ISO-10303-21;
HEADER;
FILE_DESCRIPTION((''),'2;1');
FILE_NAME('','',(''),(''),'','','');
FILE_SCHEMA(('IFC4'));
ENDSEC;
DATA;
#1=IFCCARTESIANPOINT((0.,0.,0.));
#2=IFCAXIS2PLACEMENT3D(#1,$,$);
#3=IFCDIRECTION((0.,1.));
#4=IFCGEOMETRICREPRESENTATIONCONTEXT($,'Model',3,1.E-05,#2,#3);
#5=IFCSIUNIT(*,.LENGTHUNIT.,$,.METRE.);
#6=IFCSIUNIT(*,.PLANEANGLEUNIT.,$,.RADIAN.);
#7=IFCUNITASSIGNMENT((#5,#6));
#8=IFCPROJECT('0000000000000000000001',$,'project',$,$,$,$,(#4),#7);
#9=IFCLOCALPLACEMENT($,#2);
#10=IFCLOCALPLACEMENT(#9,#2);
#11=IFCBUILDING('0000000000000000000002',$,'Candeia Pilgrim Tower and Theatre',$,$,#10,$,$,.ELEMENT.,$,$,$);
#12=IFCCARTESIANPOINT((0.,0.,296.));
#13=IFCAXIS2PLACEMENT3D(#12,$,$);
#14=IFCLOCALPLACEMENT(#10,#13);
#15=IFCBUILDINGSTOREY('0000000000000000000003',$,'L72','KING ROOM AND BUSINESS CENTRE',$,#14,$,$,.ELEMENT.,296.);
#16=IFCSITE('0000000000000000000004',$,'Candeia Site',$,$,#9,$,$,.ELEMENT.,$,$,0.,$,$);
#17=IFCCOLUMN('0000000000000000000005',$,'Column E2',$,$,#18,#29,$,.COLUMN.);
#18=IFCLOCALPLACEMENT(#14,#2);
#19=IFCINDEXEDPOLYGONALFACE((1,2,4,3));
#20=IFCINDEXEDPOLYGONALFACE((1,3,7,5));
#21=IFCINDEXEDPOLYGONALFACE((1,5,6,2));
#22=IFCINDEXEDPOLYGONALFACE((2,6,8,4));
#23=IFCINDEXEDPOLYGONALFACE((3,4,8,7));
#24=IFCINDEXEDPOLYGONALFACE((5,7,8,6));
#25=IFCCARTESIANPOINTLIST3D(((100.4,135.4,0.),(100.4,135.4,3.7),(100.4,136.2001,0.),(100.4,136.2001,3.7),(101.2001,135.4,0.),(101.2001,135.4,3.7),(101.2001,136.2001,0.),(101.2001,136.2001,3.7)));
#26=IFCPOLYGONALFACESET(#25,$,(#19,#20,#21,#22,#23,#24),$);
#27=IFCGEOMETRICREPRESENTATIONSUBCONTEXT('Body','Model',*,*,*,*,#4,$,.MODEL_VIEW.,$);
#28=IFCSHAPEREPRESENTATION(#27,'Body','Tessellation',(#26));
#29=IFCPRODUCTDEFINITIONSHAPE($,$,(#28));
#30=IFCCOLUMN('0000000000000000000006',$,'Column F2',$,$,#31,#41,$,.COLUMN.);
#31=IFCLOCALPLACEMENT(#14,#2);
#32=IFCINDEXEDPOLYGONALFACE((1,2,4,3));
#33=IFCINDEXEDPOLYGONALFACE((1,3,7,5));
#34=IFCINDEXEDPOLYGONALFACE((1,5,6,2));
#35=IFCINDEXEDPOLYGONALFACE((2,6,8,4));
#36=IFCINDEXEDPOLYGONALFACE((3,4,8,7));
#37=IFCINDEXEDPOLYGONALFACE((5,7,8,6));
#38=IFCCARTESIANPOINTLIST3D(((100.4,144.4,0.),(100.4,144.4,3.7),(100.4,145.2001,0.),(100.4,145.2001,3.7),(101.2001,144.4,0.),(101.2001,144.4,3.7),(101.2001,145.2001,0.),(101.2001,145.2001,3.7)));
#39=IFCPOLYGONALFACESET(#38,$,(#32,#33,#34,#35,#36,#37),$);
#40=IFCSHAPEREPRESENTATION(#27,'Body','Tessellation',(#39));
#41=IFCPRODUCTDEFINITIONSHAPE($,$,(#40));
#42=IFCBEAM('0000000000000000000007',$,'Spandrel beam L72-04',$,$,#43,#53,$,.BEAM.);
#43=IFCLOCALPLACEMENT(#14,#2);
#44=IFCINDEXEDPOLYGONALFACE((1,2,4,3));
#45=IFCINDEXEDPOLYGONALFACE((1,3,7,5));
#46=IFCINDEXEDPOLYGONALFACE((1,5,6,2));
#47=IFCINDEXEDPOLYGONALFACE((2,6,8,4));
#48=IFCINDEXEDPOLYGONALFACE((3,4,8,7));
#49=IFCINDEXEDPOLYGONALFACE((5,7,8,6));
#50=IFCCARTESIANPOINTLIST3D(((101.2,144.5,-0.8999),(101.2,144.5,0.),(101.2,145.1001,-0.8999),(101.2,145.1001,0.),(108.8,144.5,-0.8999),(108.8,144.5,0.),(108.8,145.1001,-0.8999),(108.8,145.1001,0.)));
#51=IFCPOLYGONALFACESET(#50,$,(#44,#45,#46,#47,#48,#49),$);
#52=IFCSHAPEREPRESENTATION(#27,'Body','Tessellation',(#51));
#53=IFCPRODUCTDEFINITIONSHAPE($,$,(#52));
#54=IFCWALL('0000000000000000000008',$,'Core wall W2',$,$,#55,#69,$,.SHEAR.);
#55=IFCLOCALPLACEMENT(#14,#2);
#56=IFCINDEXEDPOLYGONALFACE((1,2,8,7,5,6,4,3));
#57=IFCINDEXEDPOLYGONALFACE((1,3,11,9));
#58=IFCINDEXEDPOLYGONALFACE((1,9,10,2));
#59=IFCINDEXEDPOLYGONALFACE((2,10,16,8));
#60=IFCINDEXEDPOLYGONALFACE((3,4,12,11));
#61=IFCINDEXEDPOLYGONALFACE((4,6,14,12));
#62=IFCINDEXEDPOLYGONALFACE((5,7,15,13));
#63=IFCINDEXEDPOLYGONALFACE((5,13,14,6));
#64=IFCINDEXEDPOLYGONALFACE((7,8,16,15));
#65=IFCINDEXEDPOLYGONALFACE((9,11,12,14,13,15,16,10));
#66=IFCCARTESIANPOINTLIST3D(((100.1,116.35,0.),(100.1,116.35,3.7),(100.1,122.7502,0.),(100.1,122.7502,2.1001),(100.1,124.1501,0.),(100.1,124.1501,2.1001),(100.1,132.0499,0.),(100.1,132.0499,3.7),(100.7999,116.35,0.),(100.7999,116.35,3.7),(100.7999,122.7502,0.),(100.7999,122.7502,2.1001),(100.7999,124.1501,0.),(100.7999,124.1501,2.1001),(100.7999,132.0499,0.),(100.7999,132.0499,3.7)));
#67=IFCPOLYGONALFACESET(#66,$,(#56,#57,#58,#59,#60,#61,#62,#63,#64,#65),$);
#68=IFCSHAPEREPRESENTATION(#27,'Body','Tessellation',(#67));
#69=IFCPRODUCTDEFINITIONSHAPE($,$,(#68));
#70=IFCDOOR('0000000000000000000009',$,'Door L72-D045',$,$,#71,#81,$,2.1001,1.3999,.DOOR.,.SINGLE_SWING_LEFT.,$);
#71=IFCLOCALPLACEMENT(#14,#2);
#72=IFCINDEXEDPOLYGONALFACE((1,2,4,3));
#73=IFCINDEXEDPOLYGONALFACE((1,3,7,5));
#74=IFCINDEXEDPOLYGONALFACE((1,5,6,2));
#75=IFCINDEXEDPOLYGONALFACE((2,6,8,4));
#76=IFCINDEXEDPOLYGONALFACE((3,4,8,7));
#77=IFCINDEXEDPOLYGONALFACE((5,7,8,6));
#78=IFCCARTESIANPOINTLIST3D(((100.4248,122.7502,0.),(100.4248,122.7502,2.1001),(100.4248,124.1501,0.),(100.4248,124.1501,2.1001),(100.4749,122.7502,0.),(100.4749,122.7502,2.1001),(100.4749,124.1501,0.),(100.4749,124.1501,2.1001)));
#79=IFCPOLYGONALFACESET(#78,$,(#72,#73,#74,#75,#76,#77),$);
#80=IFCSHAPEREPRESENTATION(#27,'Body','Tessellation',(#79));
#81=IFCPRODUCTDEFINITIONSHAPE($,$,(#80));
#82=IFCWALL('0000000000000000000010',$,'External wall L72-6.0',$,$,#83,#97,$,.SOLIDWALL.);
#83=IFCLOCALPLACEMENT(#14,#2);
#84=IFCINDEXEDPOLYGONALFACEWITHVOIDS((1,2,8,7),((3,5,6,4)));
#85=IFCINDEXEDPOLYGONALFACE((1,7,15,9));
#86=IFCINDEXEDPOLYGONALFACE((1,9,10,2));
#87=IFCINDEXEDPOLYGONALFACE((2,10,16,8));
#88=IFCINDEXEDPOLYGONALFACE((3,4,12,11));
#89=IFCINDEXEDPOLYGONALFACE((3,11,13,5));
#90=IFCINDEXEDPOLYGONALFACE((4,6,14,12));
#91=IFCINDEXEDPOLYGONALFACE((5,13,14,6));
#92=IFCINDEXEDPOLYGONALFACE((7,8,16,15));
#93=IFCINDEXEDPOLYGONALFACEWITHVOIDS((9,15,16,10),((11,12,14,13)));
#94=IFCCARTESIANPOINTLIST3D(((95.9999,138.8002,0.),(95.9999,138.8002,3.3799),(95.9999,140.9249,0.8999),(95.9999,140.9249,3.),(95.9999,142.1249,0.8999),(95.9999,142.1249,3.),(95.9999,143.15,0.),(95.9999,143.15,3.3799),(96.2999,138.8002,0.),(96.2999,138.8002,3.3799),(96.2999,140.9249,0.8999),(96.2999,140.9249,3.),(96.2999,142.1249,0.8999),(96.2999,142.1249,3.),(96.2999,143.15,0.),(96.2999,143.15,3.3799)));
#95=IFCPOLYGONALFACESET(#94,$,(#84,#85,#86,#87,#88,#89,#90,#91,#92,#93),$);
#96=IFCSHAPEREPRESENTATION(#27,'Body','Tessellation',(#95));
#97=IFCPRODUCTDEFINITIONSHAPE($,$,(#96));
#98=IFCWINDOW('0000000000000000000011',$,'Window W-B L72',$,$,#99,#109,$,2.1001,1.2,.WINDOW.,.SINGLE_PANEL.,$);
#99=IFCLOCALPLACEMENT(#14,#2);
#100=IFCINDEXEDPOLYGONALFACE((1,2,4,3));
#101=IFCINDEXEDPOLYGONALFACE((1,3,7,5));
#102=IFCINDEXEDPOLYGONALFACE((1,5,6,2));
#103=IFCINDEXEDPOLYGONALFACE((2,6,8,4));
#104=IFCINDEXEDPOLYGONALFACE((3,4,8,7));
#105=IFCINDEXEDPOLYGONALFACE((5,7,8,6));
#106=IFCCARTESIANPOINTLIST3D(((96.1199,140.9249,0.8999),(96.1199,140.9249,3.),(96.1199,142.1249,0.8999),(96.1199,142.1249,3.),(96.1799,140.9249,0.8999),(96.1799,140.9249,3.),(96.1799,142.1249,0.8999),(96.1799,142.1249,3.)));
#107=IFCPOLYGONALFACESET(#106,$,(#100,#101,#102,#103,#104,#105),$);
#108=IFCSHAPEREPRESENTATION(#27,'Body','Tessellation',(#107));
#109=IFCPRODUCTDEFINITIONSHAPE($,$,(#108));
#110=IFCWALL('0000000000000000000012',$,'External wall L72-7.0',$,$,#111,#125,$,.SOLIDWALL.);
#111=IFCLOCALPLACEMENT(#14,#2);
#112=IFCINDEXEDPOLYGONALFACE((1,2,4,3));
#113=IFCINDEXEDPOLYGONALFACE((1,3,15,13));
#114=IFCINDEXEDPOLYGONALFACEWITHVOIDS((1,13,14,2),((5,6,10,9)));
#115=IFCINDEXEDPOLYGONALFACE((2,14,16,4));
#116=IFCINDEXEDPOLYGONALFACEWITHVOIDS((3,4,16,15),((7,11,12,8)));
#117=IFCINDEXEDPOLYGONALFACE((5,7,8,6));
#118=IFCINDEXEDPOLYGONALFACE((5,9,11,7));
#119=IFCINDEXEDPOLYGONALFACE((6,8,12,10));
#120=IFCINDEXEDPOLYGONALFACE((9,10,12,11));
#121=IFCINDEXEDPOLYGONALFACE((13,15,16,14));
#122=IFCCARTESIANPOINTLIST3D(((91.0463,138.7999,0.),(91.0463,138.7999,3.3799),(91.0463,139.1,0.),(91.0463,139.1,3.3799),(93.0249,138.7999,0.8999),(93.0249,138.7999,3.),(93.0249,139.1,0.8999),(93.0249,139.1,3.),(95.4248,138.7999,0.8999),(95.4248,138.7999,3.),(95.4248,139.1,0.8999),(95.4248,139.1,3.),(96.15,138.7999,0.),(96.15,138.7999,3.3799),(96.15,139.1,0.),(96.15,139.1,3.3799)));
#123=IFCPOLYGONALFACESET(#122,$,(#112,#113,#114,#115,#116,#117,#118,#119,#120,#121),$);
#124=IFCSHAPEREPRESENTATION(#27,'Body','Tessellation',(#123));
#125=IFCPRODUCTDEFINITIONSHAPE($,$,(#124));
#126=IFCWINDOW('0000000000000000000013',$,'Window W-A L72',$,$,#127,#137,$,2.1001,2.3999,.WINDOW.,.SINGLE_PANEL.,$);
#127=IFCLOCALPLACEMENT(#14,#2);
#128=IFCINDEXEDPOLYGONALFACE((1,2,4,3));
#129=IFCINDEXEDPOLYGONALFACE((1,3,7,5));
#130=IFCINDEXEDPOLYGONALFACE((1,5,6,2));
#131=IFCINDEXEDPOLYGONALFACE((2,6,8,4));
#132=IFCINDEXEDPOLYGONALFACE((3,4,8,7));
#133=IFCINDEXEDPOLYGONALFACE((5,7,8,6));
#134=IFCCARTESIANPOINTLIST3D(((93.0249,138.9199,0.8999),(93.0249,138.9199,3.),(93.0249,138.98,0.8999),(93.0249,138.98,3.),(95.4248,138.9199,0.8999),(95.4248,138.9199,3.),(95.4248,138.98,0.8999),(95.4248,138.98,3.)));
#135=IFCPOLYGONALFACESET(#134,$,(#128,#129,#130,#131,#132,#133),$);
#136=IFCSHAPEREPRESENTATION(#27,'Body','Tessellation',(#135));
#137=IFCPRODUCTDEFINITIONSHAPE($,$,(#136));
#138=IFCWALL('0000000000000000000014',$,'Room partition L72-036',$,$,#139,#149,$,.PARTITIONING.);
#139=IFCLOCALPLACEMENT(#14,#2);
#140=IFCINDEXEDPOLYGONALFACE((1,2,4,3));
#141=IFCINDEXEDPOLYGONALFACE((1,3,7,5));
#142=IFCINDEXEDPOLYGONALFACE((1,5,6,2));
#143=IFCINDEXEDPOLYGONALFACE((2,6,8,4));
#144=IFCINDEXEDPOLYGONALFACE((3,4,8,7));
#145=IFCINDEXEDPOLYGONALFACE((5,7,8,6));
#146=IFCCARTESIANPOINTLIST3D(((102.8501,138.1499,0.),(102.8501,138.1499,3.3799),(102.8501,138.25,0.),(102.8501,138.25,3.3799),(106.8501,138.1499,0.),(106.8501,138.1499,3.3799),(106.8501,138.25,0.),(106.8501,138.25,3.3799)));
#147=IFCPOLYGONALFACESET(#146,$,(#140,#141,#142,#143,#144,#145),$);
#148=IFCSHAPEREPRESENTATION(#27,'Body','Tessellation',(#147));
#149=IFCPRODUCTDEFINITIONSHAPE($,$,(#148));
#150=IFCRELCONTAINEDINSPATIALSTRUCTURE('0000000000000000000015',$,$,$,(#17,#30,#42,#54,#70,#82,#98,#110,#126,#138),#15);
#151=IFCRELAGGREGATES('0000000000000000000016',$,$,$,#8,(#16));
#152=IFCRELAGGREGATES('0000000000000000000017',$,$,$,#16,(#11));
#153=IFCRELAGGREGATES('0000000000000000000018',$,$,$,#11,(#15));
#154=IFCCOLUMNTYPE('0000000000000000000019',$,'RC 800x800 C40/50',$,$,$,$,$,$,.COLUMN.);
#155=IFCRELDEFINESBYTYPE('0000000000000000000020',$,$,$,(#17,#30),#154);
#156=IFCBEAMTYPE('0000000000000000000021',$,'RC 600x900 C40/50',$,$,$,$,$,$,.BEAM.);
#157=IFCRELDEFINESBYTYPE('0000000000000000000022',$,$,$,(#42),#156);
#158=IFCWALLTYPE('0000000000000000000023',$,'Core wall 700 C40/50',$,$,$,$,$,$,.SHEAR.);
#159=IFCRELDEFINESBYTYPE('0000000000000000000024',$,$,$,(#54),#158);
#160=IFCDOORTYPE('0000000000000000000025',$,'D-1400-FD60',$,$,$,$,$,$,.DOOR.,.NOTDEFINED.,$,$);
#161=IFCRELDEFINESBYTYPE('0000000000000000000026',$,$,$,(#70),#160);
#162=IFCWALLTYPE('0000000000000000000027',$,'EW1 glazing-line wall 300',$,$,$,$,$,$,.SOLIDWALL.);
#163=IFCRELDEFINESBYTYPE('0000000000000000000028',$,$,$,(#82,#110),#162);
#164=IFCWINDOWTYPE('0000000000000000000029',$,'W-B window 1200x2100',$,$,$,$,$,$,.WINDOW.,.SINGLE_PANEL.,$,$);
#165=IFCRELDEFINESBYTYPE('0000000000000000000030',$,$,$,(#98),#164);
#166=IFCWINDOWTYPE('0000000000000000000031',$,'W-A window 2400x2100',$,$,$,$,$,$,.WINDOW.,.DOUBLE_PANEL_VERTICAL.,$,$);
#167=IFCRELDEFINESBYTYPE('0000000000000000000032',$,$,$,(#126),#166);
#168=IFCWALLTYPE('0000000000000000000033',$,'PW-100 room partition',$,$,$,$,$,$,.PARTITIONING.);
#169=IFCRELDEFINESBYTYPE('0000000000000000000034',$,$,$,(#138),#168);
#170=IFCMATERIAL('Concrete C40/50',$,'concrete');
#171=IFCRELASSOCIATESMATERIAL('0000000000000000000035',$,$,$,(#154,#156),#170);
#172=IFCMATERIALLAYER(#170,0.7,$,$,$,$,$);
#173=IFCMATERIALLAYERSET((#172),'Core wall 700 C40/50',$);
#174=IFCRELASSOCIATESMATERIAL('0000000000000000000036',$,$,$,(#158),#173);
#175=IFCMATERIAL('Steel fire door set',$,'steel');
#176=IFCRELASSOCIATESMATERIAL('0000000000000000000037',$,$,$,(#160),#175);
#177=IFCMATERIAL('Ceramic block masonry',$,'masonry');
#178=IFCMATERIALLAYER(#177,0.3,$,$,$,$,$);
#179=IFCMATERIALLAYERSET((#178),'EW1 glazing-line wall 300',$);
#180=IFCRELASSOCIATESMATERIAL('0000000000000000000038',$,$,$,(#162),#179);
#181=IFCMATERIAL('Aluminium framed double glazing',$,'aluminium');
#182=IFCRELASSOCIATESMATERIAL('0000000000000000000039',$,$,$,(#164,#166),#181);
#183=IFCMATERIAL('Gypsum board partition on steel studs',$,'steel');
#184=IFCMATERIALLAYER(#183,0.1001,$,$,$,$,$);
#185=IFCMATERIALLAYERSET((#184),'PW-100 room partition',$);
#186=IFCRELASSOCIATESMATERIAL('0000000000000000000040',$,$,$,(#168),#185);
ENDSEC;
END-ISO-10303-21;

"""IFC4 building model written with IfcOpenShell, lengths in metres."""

from ifc_helpers import new_model, si_unit, direction, frame, frame_2d, origin, origin_2d, place, context, subcontext, project, spatial, rectangle, extrude, material, layer, layer_set, material_profile, profile_set, type_object, element, fill, save


model = new_model("IFC4")

# Units and contexts
model_context = context("Model", 3, precision=1e-05, world=origin(), true_north=direction((0.0, 1.0)))
body_context = subcontext(model_context, "Body", "Model", "MODEL_VIEW")
ifc_project = project(units=[si_unit("LENGTHUNIT", "METRE"), si_unit("PLANEANGLEUNIT", "RADIAN")], contexts=[model_context])

# Site, building, storey
site_placement = place(None, origin())
site = spatial("IfcSite", under=ifc_project, at=site_placement, Name="Candeia Site", CompositionType="ELEMENT", RefElevation=0.0)
building_placement = place(site_placement, origin())
building = spatial("IfcBuilding", under=site, at=building_placement, Name="Candeia Pilgrim Tower and Theatre", CompositionType="ELEMENT")
storey_placement = place(building_placement, frame((0.0, 0.0, 296.0)))
storey = spatial("IfcBuildingStorey", under=building, at=storey_placement, Name="L72", Description="KING ROOM AND BUSINESS CENTRE", CompositionType="ELEMENT", Elevation=296.0)

# Columns
ifc_material_1 = material(Name="Concrete C40/50", Category="concrete")
ifc_material_profile_1 = material_profile(ifc_material_1, rectangle(XDim=0.8, YDim=0.8, at=origin_2d()))
ifc_profile_set_1 = profile_set([ifc_material_profile_1], Name="Concrete C40/50")
column_type = type_object("IfcColumnType", Name="RC 800x800 C40/50", PredefinedType="COLUMN", material=ifc_profile_set_1)
for number, where, z_axis, x_axis, name in (
    (1, (100.8, 135.8, 0.0), (0.0, 0.0, 1.0), (1.0, 0.0, 0.0), "Column E2"),
    (2, (100.8, 144.8, 0.0), (0.0, 0.0, 1.0), (1.0, 0.0, 0.0), "Column F2"),
):
    element("IfcColumn", number, at=place(storey_placement, frame(where, z_axis=z_axis, x_axis=x_axis)), inside=storey, type_object=column_type, Name=name, PredefinedType="COLUMN", context=body_context, shape_type="SweptSolid", body=[
        extrude(rectangle(XDim=0.8, YDim=0.8, at=origin_2d()), origin(), (0.0, 0.0, 1.0), 3.7),
    ])

# Beam
ifc_material_profile_2 = material_profile(ifc_material_1, rectangle(XDim=0.6001, YDim=0.8999, at=origin_2d()))
ifc_profile_set_2 = profile_set([ifc_material_profile_2], Name="Concrete C40/50")
beam_type = type_object("IfcBeamType", Name="RC 600x900 C40/50", PredefinedType="BEAM", material=ifc_profile_set_2)
beam_placement = place(storey_placement, frame((101.2, 144.8, -0.45), z_axis=(1.0, 0.0, 0.0), x_axis=(0.0, 1.0, 0.0)))
element("IfcBeam", 3, at=beam_placement, inside=storey, type_object=beam_type, Name="Spandrel beam L72-04", PredefinedType="BEAM", context=body_context, shape_type="SweptSolid", body=[
    extrude(rectangle(XDim=0.6001, YDim=0.8999, at=origin_2d()), origin(), (0.0, 0.0, 1.0), 7.6001),
])

# Wall, opening, door
ifc_layer_1 = layer(ifc_material_1, 0.7)
ifc_layer_set_1 = layer_set([ifc_layer_1], Name="Core wall 700 C40/50")
wall_type_1 = type_object("IfcWallType", Name="Core wall 700 C40/50", PredefinedType="SHEAR", material=ifc_layer_set_1)
wall_1_placement = place(storey_placement, frame((100.45, 132.05, 0.0), z_axis=(0.0, 0.0, 1.0), x_axis=(0.0, -1.0, 0.0)))
wall_1 = element("IfcWall", 4, at=wall_1_placement, inside=storey, type_object=wall_type_1, Name="Core wall W2", PredefinedType="SHEAR", context=body_context, shape_type="SweptSolid", body=[
    extrude(rectangle(XDim=15.7, YDim=0.7, at=frame_2d((7.8501, 0.0))), origin(), (0.0, 0.0, 1.0), 3.7),
])
opening_1_placement = place(wall_1_placement, frame((7.8999, 0.0, 0.0)))
opening_1 = element("IfcOpeningElement", 5, at=opening_1_placement, cuts=wall_1, PredefinedType="OPENING", context=body_context, shape_type="SweptSolid", body=[
    extrude(rectangle(XDim=1.3999, YDim=2.1001, at=frame_2d((0.7, 1.05))), frame((0.0, 0.3599, 0.0), z_axis=(0.0, -1.0, 0.0), x_axis=(1.0, 0.0, 0.0)), (0.0, 0.0, 1.0), 0.72),
])
ifc_material_2 = material(Name="Steel fire door set", Category="steel")
door_type_1 = type_object("IfcDoorType", Name="D-1400-FD60", OperationType="NOTDEFINED", PredefinedType="DOOR", material=ifc_material_2)
door_1_placement = place(opening_1_placement, origin())
door_1 = element("IfcDoor", 6, at=door_1_placement, inside=storey, type_object=door_type_1, Name="Door L72-D045", OperationType="SINGLE_SWING_LEFT", OverallHeight=2.1001, OverallWidth=1.3999, PredefinedType="DOOR", context=body_context, shape_type="SweptSolid", body=[
    extrude(rectangle(XDim=1.3999, YDim=2.1001, at=frame_2d((0.7, 1.05))), frame((0.0, 0.0249, 0.0), z_axis=(0.0, -1.0, 0.0), x_axis=(1.0, 0.0, 0.0)), (0.0, 0.0, 1.0), 0.05),
])
fill(opening_1, door_1)

# Walls, openings, windows
ifc_material_3 = material(Name="Ceramic block masonry", Category="masonry")
ifc_layer_2 = layer(ifc_material_3, 0.3)
ifc_layer_set_2 = layer_set([ifc_layer_2], Name="EW1 glazing-line wall 300")
wall_type_2 = type_object("IfcWallType", Name="EW1 glazing-line wall 300", PredefinedType="SOLIDWALL", material=ifc_layer_set_2)
wall_2_placement = place(storey_placement, frame((96.1499, 143.1499, 0.0), z_axis=(0.0, 0.0, 1.0), x_axis=(0.0, -1.0, 0.0)))
wall_2 = element("IfcWall", 7, at=wall_2_placement, inside=storey, type_object=wall_type_2, Name="External wall L72-6.0", PredefinedType="SOLIDWALL", context=body_context, shape_type="SweptSolid", body=[
    extrude(rectangle(XDim=4.3499, YDim=0.3, at=frame_2d((2.1748, 0.0))), origin(), (0.0, 0.0, 1.0), 3.3799),
])
opening_2_placement = place(wall_2_placement, frame((1.0249, 0.0, 0.8999)))
opening_2 = element("IfcOpeningElement", 8, at=opening_2_placement, cuts=wall_2, PredefinedType="OPENING", context=body_context, shape_type="SweptSolid", body=[
    extrude(rectangle(XDim=1.2, YDim=2.1001, at=frame_2d((0.6001, 1.05))), frame((0.0, 0.1602, 0.0), z_axis=(0.0, -1.0, 0.0), x_axis=(1.0, 0.0, 0.0)), (0.0, 0.0, 1.0), 0.3201),
])
ifc_material_4 = material(Name="Aluminium framed double glazing", Category="aluminium")
window_type_1 = type_object("IfcWindowType", Name="W-B window 1200x2100", PartitioningType="SINGLE_PANEL", PredefinedType="WINDOW", material=ifc_material_4)
window_1_placement = place(opening_2_placement, origin())
window_1 = element("IfcWindow", 9, at=window_1_placement, inside=storey, type_object=window_type_1, Name="Window W-B L72", OverallHeight=2.1001, OverallWidth=1.2, PartitioningType="SINGLE_PANEL", PredefinedType="WINDOW", context=body_context, shape_type="SweptSolid", body=[
    extrude(rectangle(XDim=1.2, YDim=2.1001, at=frame_2d((0.6001, 1.05))), frame((0.0, 0.03, 0.0), z_axis=(0.0, -1.0, 0.0), x_axis=(1.0, 0.0, 0.0)), (0.0, 0.0, 1.0), 0.0601),
])
fill(opening_2, window_1)
wall_3_placement = place(storey_placement, frame((96.1499, 138.95, 0.0), z_axis=(0.0, 0.0, 1.0), x_axis=(-1.0, 0.0, 0.0)))
wall_3 = element("IfcWall", 10, at=wall_3_placement, inside=storey, type_object=wall_type_2, Name="External wall L72-7.0", PredefinedType="SOLIDWALL", context=body_context, shape_type="SweptSolid", body=[
    extrude(rectangle(XDim=5.1038, YDim=0.3, at=frame_2d((2.5518, 0.0))), origin(), (0.0, 0.0, 1.0), 3.3799),
])
opening_3_placement = place(wall_3_placement, frame((0.7251, 0.0, 0.8999)))
opening_3 = element("IfcOpeningElement", 11, at=opening_3_placement, cuts=wall_3, PredefinedType="OPENING", context=body_context, shape_type="SweptSolid", body=[
    extrude(rectangle(XDim=2.3999, YDim=2.1001, at=frame_2d((1.2, 1.05))), frame((0.0, 0.1602, 0.0), z_axis=(0.0, -1.0, 0.0), x_axis=(1.0, 0.0, 0.0)), (0.0, 0.0, 1.0), 0.3201),
])
window_type_2 = type_object("IfcWindowType", Name="W-A window 2400x2100", PartitioningType="DOUBLE_PANEL_VERTICAL", PredefinedType="WINDOW", material=ifc_material_4)
window_2_placement = place(opening_3_placement, origin())
window_2 = element("IfcWindow", 12, at=window_2_placement, inside=storey, type_object=window_type_2, Name="Window W-A L72", OverallHeight=2.1001, OverallWidth=2.3999, PartitioningType="SINGLE_PANEL", PredefinedType="WINDOW", context=body_context, shape_type="SweptSolid", body=[
    extrude(rectangle(XDim=2.3999, YDim=2.1001, at=frame_2d((1.2, 1.05))), frame((0.0, 0.03, 0.0), z_axis=(0.0, -1.0, 0.0), x_axis=(1.0, 0.0, 0.0)), (0.0, 0.0, 1.0), 0.0601),
])
fill(opening_3, window_2)

# Wall
ifc_material_5 = material(Name="Gypsum board partition on steel studs", Category="steel")
ifc_layer_3 = layer(ifc_material_5, 0.1001)
ifc_layer_set_3 = layer_set([ifc_layer_3], Name="PW-100 room partition")
wall_type_3 = type_object("IfcWallType", Name="PW-100 room partition", PredefinedType="PARTITIONING", material=ifc_layer_set_3)
wall_4_placement = place(storey_placement, frame((102.8501, 138.2, 0.0), z_axis=(0.0, 0.0, 1.0), x_axis=(1.0, 0.0, 0.0)))
element("IfcWall", 13, at=wall_4_placement, inside=storey, type_object=wall_type_3, Name="Room partition L72-036", PredefinedType="PARTITIONING", context=body_context, shape_type="SweptSolid", body=[
    extrude(rectangle(XDim=4.0, YDim=0.1001, at=frame_2d((2.0, 0.0))), origin(), (0.0, 0.0, 1.0), 3.3799),
])

save(model, "model.ifc")
